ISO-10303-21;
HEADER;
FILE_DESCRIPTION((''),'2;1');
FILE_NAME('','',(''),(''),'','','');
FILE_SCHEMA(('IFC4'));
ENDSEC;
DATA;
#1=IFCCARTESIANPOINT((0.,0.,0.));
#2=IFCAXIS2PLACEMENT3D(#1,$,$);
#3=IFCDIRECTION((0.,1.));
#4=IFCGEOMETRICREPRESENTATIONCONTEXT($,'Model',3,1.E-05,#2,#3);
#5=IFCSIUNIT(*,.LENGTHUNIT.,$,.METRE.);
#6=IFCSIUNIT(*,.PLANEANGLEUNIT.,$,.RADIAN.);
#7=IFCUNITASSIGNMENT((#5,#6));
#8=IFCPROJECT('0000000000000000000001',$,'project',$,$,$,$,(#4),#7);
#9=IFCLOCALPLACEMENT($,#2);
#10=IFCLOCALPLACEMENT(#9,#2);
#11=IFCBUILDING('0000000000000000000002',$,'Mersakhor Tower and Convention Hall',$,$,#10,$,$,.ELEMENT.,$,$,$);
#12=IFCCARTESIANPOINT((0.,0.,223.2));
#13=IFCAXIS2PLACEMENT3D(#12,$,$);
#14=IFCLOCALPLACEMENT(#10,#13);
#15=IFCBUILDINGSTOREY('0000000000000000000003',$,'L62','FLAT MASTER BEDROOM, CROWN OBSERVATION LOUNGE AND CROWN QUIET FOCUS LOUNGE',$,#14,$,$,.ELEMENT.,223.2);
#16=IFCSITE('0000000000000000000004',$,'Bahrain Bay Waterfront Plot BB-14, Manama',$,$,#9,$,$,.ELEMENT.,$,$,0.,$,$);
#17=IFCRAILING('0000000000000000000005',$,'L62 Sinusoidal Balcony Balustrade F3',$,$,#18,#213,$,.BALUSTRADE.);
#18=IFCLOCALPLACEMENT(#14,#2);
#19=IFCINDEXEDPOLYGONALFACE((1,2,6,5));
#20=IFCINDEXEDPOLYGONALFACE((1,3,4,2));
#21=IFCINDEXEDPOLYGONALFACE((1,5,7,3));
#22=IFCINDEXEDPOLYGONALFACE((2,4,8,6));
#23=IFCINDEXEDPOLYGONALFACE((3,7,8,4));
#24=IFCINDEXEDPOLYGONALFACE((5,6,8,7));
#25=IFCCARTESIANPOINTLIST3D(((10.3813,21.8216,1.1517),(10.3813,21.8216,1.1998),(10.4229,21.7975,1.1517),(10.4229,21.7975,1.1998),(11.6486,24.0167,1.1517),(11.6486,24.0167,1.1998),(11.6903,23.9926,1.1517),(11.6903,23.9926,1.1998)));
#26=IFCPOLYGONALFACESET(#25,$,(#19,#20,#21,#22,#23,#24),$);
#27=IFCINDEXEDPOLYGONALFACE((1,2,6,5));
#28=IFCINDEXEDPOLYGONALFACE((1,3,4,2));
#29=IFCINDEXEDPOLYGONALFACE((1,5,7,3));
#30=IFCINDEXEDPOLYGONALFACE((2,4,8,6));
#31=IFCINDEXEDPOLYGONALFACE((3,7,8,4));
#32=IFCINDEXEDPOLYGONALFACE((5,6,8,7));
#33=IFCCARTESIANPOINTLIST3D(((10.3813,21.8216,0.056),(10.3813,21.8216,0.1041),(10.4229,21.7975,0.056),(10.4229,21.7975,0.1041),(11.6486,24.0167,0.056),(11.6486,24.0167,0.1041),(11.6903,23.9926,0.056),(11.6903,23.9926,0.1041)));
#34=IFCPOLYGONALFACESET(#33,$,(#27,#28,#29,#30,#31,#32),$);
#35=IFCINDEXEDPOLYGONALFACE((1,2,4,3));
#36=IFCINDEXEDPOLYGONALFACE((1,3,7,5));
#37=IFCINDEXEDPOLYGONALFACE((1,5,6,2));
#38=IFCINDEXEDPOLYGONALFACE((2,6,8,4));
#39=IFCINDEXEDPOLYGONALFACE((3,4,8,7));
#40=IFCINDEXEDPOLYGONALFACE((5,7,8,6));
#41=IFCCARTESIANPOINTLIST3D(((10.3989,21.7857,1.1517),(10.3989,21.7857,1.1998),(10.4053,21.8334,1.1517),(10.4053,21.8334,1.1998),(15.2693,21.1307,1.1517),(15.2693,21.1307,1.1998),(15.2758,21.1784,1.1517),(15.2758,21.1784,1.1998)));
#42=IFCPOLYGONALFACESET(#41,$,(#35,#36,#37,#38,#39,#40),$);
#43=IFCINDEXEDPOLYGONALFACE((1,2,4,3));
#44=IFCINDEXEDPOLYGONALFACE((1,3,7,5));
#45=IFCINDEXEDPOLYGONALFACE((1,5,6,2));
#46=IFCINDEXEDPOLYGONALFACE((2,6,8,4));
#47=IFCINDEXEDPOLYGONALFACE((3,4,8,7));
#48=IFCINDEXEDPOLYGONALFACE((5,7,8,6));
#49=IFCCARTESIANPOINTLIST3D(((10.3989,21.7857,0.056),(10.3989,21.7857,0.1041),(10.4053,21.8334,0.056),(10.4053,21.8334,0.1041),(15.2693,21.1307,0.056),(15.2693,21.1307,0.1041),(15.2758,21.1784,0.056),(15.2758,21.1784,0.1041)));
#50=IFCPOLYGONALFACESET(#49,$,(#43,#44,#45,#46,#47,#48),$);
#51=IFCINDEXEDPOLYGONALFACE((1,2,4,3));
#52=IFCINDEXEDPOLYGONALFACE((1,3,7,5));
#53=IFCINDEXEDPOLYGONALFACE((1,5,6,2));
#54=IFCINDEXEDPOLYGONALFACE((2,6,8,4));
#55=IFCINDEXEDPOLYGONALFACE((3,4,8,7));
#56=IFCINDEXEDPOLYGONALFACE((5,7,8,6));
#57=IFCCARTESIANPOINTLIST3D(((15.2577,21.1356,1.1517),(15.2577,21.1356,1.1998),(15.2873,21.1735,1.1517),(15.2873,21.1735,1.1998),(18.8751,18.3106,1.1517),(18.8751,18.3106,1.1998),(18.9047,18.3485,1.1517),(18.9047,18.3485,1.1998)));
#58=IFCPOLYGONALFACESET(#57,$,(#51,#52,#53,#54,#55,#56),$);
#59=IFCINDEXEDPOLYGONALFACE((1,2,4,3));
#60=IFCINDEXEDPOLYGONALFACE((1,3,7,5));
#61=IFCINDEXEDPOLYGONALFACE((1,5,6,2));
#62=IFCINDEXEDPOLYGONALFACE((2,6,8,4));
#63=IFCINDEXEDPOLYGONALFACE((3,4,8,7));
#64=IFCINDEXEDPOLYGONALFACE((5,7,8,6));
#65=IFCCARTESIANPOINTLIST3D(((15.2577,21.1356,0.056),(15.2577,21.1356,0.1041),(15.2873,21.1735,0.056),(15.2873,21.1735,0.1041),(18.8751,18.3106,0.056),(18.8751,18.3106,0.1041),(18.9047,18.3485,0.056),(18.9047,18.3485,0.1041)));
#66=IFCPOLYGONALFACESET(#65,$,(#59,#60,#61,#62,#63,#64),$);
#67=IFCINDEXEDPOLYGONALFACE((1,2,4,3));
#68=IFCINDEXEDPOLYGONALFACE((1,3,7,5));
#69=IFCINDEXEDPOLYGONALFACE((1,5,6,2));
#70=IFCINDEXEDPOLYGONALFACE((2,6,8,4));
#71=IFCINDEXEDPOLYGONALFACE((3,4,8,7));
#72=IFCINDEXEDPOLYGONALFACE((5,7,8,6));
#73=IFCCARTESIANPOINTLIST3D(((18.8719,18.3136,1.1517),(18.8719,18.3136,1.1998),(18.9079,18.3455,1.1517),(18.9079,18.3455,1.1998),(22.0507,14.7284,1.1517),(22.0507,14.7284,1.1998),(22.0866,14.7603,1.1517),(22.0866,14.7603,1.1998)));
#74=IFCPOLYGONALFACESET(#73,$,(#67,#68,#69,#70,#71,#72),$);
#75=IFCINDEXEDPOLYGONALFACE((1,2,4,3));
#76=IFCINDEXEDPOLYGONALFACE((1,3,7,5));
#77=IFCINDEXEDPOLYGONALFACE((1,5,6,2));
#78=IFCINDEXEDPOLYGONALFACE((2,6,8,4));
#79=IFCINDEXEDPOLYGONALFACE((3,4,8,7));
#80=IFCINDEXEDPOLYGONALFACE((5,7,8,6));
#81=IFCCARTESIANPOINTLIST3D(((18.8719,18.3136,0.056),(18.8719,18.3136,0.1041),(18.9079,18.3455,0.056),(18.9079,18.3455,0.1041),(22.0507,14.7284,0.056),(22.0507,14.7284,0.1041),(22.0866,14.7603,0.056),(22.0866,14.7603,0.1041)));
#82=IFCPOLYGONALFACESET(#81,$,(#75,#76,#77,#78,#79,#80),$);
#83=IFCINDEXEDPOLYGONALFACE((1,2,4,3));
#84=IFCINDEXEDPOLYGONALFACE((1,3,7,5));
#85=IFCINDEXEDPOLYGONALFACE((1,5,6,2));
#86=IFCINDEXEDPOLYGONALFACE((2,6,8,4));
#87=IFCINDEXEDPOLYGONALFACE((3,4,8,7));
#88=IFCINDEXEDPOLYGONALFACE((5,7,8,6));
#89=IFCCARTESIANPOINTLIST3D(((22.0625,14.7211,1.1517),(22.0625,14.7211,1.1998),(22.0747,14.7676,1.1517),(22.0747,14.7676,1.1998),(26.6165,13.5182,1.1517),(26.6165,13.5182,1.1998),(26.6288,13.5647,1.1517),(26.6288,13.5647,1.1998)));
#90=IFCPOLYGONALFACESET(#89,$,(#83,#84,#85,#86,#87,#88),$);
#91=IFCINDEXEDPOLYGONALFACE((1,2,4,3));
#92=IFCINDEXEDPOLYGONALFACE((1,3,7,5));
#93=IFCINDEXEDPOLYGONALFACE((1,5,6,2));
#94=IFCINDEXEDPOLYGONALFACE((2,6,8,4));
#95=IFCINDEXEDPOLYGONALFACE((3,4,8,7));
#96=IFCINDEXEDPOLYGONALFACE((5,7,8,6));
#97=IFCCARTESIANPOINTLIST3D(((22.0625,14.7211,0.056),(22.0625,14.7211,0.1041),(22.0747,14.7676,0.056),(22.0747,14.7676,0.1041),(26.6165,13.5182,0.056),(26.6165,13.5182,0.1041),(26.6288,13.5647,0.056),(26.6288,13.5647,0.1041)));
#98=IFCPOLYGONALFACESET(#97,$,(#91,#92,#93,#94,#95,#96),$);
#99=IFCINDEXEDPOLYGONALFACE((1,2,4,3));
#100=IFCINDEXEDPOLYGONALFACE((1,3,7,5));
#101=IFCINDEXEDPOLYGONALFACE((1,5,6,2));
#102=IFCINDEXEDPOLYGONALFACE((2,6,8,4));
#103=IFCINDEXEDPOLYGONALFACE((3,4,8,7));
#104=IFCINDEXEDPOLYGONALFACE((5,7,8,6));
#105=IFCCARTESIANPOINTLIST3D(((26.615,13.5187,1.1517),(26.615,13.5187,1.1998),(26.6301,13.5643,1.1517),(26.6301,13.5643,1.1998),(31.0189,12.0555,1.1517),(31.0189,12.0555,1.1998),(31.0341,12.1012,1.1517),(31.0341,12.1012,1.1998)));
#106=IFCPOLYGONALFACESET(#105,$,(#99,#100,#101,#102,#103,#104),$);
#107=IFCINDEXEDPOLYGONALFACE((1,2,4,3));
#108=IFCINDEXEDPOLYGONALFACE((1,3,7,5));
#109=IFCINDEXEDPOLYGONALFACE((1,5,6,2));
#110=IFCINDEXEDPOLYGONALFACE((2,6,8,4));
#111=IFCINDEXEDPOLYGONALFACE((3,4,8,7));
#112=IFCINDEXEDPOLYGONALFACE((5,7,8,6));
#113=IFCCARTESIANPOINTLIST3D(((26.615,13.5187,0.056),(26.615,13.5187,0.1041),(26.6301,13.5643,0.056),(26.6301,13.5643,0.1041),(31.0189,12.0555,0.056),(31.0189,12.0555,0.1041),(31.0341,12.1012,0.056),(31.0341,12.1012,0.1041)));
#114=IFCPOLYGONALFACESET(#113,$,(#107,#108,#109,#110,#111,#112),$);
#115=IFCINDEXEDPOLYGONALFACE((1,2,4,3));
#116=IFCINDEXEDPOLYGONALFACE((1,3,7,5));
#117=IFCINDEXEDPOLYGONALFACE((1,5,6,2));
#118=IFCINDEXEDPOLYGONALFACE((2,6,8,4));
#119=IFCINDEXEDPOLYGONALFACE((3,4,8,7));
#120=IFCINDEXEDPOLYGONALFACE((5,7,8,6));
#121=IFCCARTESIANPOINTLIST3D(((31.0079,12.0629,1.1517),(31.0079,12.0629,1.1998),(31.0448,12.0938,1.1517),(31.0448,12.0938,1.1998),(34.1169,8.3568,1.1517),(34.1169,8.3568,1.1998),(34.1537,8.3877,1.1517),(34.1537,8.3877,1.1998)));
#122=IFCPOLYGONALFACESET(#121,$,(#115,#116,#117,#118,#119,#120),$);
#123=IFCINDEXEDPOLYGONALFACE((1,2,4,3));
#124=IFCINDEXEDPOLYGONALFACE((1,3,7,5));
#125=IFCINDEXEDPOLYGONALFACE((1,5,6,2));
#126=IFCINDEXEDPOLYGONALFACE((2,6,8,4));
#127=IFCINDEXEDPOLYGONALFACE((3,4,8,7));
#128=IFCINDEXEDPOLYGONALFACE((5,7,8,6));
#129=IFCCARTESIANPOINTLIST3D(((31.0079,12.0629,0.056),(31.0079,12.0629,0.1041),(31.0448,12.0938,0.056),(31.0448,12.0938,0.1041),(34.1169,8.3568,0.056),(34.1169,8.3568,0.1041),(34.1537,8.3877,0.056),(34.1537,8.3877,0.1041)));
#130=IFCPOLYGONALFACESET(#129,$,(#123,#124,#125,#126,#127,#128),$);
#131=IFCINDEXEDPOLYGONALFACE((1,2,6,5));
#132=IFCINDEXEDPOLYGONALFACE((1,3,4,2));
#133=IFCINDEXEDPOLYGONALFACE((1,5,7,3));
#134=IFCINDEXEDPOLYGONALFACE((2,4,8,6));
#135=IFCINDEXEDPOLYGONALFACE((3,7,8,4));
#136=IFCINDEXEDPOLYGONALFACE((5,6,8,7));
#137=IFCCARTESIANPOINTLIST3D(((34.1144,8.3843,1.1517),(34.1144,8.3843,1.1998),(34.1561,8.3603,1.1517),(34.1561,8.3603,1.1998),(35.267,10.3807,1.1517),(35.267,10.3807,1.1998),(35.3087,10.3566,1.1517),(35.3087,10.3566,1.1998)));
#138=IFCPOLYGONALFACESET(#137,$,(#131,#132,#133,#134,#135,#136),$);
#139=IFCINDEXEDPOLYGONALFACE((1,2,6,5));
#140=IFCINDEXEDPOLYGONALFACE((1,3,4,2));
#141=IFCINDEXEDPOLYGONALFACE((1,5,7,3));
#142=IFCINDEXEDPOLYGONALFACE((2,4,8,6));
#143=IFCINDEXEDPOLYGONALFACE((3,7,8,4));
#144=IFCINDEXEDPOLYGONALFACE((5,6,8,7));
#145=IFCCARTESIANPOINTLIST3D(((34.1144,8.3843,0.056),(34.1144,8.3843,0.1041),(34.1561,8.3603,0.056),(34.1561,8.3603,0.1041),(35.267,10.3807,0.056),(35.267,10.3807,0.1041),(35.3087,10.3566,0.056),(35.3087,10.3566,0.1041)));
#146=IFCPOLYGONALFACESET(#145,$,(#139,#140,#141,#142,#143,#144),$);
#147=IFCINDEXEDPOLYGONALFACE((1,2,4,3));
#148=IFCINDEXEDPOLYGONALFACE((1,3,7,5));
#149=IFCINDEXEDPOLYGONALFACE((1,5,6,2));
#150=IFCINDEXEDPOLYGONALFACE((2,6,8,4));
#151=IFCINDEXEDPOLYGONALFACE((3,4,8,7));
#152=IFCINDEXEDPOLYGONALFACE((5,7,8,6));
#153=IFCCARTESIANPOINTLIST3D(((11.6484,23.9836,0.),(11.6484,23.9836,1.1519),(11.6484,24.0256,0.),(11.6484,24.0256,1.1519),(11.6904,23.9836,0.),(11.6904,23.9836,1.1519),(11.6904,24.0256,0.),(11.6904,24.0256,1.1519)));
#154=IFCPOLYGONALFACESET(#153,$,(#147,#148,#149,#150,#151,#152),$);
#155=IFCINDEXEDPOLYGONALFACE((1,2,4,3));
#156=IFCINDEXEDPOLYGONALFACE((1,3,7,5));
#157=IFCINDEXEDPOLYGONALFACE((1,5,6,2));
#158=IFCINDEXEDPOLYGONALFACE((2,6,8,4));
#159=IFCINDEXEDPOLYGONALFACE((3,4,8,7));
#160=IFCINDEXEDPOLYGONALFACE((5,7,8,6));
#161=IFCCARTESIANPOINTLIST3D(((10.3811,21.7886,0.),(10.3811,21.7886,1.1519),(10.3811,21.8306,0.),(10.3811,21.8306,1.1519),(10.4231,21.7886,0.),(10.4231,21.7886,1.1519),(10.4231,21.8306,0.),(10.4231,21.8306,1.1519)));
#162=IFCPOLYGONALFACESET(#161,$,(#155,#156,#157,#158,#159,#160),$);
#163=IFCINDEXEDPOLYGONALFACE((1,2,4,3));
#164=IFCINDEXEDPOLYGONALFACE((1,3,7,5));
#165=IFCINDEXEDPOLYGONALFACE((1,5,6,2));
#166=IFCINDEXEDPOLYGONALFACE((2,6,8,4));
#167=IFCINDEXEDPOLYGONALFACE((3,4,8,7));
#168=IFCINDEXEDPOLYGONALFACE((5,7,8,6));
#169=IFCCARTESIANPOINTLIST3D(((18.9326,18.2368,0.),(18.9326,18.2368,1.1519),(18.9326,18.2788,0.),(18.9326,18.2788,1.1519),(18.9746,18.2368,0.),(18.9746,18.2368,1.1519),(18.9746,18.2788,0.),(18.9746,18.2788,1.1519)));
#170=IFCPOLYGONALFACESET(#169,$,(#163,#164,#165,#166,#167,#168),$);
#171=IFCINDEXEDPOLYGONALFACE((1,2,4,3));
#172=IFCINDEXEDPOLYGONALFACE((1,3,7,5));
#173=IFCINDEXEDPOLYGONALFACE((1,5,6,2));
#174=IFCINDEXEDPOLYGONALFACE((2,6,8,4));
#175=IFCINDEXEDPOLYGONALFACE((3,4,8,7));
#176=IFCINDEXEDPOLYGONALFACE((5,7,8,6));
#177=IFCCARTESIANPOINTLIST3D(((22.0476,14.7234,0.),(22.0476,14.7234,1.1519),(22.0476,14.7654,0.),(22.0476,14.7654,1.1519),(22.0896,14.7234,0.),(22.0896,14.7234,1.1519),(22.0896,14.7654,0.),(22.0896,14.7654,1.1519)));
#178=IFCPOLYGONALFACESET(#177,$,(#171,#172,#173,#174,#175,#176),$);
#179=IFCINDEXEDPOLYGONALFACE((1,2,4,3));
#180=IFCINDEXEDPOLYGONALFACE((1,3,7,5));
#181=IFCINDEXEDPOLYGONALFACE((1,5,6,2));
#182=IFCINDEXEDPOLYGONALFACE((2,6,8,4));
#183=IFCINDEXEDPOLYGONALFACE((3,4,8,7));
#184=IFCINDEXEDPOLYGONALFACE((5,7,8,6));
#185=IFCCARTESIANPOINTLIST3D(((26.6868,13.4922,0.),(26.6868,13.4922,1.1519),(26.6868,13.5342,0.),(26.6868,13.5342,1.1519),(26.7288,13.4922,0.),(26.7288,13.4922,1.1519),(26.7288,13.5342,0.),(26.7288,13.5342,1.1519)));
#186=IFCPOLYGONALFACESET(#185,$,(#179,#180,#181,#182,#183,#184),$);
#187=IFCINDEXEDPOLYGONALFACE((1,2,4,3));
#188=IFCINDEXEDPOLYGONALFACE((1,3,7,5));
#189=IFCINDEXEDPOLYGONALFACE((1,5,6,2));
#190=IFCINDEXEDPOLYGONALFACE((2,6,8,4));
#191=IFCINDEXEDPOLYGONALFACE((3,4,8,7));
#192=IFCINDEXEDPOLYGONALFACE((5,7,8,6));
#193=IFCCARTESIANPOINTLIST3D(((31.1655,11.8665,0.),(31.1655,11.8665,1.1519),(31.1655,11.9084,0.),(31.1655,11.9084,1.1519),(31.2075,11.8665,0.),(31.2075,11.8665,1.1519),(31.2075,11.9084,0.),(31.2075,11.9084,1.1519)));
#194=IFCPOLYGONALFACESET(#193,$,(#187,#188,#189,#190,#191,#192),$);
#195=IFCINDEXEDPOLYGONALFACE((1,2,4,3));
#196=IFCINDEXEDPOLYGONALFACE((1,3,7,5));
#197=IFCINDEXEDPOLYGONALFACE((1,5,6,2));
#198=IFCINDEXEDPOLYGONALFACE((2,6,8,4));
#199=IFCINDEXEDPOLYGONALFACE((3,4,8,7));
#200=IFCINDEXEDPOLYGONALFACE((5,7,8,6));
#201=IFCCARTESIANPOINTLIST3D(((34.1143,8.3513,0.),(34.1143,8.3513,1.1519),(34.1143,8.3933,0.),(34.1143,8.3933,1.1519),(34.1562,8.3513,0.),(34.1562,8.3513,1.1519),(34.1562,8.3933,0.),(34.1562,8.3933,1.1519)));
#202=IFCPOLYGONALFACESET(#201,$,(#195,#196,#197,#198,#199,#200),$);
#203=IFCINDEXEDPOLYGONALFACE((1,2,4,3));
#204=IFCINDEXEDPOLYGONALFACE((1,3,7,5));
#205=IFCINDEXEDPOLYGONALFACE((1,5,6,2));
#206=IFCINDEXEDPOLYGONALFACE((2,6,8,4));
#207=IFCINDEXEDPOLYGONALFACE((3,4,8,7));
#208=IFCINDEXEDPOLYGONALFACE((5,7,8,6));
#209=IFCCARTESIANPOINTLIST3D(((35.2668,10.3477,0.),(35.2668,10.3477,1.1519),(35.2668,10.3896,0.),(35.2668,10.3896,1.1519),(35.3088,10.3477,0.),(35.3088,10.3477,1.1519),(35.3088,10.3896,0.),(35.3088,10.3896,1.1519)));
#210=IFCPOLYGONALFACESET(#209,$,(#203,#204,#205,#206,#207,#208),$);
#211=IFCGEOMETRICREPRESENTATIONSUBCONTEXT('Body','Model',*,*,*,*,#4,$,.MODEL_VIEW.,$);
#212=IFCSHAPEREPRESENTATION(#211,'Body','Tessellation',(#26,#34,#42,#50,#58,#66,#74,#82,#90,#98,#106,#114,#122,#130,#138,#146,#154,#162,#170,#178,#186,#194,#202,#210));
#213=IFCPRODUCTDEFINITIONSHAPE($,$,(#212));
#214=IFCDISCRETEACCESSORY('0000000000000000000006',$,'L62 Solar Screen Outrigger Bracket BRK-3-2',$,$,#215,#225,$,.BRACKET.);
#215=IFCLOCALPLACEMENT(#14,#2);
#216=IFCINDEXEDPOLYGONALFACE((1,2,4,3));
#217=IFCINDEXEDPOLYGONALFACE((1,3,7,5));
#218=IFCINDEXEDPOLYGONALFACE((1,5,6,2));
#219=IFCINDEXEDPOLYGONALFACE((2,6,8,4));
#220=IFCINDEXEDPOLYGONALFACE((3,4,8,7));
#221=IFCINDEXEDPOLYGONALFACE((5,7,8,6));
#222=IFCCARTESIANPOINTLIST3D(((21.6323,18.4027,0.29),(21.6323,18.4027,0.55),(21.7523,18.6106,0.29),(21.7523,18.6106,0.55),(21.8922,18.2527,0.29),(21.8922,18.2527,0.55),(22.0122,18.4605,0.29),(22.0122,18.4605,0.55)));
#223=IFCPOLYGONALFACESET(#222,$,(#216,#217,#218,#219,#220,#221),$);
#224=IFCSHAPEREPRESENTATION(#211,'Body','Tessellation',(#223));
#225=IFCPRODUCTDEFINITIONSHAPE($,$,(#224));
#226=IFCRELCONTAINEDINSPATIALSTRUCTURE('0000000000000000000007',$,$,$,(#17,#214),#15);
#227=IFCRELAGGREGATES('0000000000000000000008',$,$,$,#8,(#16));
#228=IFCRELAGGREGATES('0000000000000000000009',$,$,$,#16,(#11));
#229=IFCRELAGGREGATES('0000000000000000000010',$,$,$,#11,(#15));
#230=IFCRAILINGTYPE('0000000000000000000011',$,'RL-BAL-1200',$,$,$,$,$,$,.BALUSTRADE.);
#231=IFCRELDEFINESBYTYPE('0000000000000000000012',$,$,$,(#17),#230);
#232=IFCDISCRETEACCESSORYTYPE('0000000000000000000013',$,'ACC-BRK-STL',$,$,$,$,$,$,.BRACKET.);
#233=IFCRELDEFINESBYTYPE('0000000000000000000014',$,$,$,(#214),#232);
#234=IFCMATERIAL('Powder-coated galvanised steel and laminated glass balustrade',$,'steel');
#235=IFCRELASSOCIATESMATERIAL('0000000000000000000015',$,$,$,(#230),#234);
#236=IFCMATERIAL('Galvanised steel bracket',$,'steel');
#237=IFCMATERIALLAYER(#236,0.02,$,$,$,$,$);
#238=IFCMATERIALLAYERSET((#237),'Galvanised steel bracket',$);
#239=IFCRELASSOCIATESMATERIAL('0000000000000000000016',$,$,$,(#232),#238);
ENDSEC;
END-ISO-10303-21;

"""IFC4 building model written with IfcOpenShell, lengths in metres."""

from ifc_helpers import new_model, si_unit, direction, frame, origin, origin_2d, place, context, subcontext, project, spatial, rectangle, extrude, material, layer, layer_set, type_object, element, save


model = new_model("IFC4")

# Units and contexts
model_context = context("Model", 3, precision=1e-05, world=origin(), true_north=direction((0.0, 1.0)))
body_context = subcontext(model_context, "Body", "Model", "MODEL_VIEW")
ifc_project = project(units=[si_unit("LENGTHUNIT", "METRE"), si_unit("PLANEANGLEUNIT", "RADIAN")], contexts=[model_context])

# Site, building, storey
site_placement = place(None, origin())
site = spatial("IfcSite", under=ifc_project, at=site_placement, Name="Bahrain Bay Waterfront Plot BB-14, Manama", CompositionType="ELEMENT", RefElevation=0.0)
building_placement = place(site_placement, origin())
building = spatial("IfcBuilding", under=site, at=building_placement, Name="Mersakhor Tower and Convention Hall", CompositionType="ELEMENT")
storey_placement = place(building_placement, frame((0.0, 0.0, 223.2)))
storey = spatial("IfcBuildingStorey", under=building, at=storey_placement, Name="L62", Description="FLAT MASTER BEDROOM, CROWN OBSERVATION LOUNGE AND CROWN QUIET FOCUS LOUNGE", CompositionType="ELEMENT", Elevation=223.2)

# Railing
ifc_material_1 = material(Name="Powder-coated galvanised steel and laminated glass balustrade", Category="steel")
railing_type = type_object("IfcRailingType", Name="RL-BAL-1200", PredefinedType="BALUSTRADE", material=ifc_material_1)
railing_placement = place(storey_placement, frame((11.6694, 24.0046, 0.0)))
element("IfcRailing", 1, at=railing_placement, inside=storey, type_object=railing_type, Name="L62 Sinusoidal Balcony Balustrade F3", PredefinedType="BALUSTRADE", context=body_context, shape_type="SweptSolid", body=[
    extrude(rectangle(XDim=0.0481, YDim=0.0481, at=origin_2d()), frame((0.0, 0.0, 1.1758), z_axis=(-0.500003, -0.866024, 0.0), x_axis=(0.866024, -0.500003, 0.0)), (0.0, 0.0, 1.0), 2.5347),
    extrude(rectangle(XDim=0.0481, YDim=0.0481, at=origin_2d()), frame((0.0, 0.0, 0.0801), z_axis=(-0.500003, -0.866024, 0.0), x_axis=(0.866024, -0.500003, 0.0)), (0.0, 0.0, 1.0), 2.5347),
    extrude(rectangle(XDim=0.0481, YDim=0.0481, at=origin_2d()), frame((-1.2673, -2.1951, 1.1758), z_axis=(0.991077, -0.133293, 0.0), x_axis=(0.133293, 0.991077, 0.0)), (0.0, 0.0, 1.0), 4.9143),
    extrude(rectangle(XDim=0.0481, YDim=0.0481, at=origin_2d()), frame((-1.2673, -2.1951, 0.0801), z_axis=(0.991077, -0.133293, 0.0), x_axis=(0.133293, 0.991077, 0.0)), (0.0, 0.0, 1.0), 4.9143),
    extrude(rectangle(XDim=0.0481, YDim=0.0481, at=origin_2d()), frame((3.603, -2.8501, 1.1758), z_axis=(0.788148, -0.615486, 0.0), x_axis=(0.615486, 0.788148, 0.0)), (0.0, 0.0, 1.0), 4.5898),
    extrude(rectangle(XDim=0.0481, YDim=0.0481, at=origin_2d()), frame((3.603, -2.8501, 0.0801), z_axis=(0.788148, -0.615486, 0.0), x_axis=(0.615486, 0.788148, 0.0)), (0.0, 0.0, 1.0), 4.5898),
    extrude(rectangle(XDim=0.0481, YDim=0.0481, at=origin_2d()), frame((7.2205, -5.675, 1.1758), z_axis=(0.663415, -0.748252, 0.0), x_axis=(0.748252, 0.663415, 0.0)), (0.0, 0.0, 1.0), 4.7915),
    extrude(rectangle(XDim=0.0481, YDim=0.0481, at=origin_2d()), frame((7.2205, -5.675, 0.0801), z_axis=(0.663415, -0.748252, 0.0), x_axis=(0.748252, 0.663415, 0.0)), (0.0, 0.0, 1.0), 4.7915),
    extrude(rectangle(XDim=0.0481, YDim=0.0481, at=origin_2d()), frame((10.3992, -9.2603, 1.1758), z_axis=(0.96684, -0.255381, 0.0), x_axis=(0.255381, 0.96684, 0.0)), (0.0, 0.0, 1.0), 4.7102),
    extrude(rectangle(XDim=0.0481, YDim=0.0481, at=origin_2d()), frame((10.3992, -9.2603, 0.0801), z_axis=(0.96684, -0.255381, 0.0), x_axis=(0.255381, 0.96684, 0.0)), (0.0, 0.0, 1.0), 4.7102),
    extrude(rectangle(XDim=0.0481, YDim=0.0481, at=origin_2d()), frame((14.9531, -10.4631, 1.1758), z_axis=(0.948993, -0.315296, 0.0), x_axis=(0.315296, 0.948993, 0.0)), (0.0, 0.0, 1.0), 4.6406),
    extrude(rectangle(XDim=0.0481, YDim=0.0481, at=origin_2d()), frame((14.9531, -10.4631, 0.0801), z_axis=(0.948993, -0.315296, 0.0), x_axis=(0.315296, 0.948993, 0.0)), (0.0, 0.0, 1.0), 4.6406),
    extrude(rectangle(XDim=0.0481, YDim=0.0481, at=origin_2d()), frame((19.3569, -11.9263, 1.1758), z_axis=(0.642683, -0.766132, 0.0), x_axis=(0.766132, 0.642683, 0.0)), (0.0, 0.0, 1.0), 4.8374),
    extrude(rectangle(XDim=0.0481, YDim=0.0481, at=origin_2d()), frame((19.3569, -11.9263, 0.0801), z_axis=(0.642683, -0.766132, 0.0), x_axis=(0.766132, 0.642683, 0.0)), (0.0, 0.0, 1.0), 4.8374),
    extrude(rectangle(XDim=0.0481, YDim=0.0481, at=origin_2d()), frame((22.4658, -15.6323, 1.1758), z_axis=(0.500001, 0.866025, 0.0), x_axis=(-0.866025, 0.500001, 0.0)), (0.0, 0.0, 1.0), 2.3052),
    extrude(rectangle(XDim=0.0481, YDim=0.0481, at=origin_2d()), frame((22.4658, -15.6323, 0.0801), z_axis=(0.500001, 0.866025, 0.0), x_axis=(-0.866025, 0.500001, 0.0)), (0.0, 0.0, 1.0), 2.3052),
    extrude(rectangle(XDim=0.042, YDim=0.042, at=origin_2d()), origin(), (0.0, 0.0, 1.0), 1.1519),
    extrude(rectangle(XDim=0.042, YDim=0.042, at=origin_2d()), frame((-1.2673, -2.1951, 0.0)), (0.0, 0.0, 1.0), 1.1519),
    extrude(rectangle(XDim=0.042, YDim=0.042, at=origin_2d()), frame((7.2842, -5.7468, 0.0)), (0.0, 0.0, 1.0), 1.1519),
    extrude(rectangle(XDim=0.042, YDim=0.042, at=origin_2d()), frame((10.3992, -9.2603, 0.0)), (0.0, 0.0, 1.0), 1.1519),
    extrude(rectangle(XDim=0.042, YDim=0.042, at=origin_2d()), frame((15.0383, -10.4915, 0.0)), (0.0, 0.0, 1.0), 1.1519),
    extrude(rectangle(XDim=0.042, YDim=0.042, at=origin_2d()), frame((19.5171, -12.1172, 0.0)), (0.0, 0.0, 1.0), 1.1519),
    extrude(rectangle(XDim=0.042, YDim=0.042, at=origin_2d()), frame((22.4658, -15.6323, 0.0)), (0.0, 0.0, 1.0), 1.1519),
    extrude(rectangle(XDim=0.042, YDim=0.042, at=origin_2d()), frame((23.6184, -13.636, 0.0)), (0.0, 0.0, 1.0), 1.1519),
])

# Discrete accessory
ifc_material_2 = material(Name="Galvanised steel bracket", Category="steel")
ifc_layer_1 = layer(ifc_material_2, 0.02)
ifc_layer_set_1 = layer_set([ifc_layer_1], Name="Galvanised steel bracket")
discrete_accessory_type = type_object("IfcDiscreteAccessoryType", Name="ACC-BRK-STL", PredefinedType="BRACKET", material=ifc_layer_set_1)
discrete_accessory_1_placement = place(storey_placement, frame((21.8223, 18.4316, 0.29), z_axis=(0.0, 0.0, 1.0), x_axis=(-0.866025, 0.5, 0.0)))
element("IfcDiscreteAccessory", 2, at=discrete_accessory_1_placement, inside=storey, type_object=discrete_accessory_type, Name="L62 Solar Screen Outrigger Bracket BRK-3-2", PredefinedType="BRACKET", context=body_context, shape_type="SweptSolid", body=[
    extrude(rectangle(XDim=0.3, YDim=0.24, at=origin_2d()), origin(), (0.0, 0.0, 1.0), 0.26),
])

save(model, "model.ifc")
